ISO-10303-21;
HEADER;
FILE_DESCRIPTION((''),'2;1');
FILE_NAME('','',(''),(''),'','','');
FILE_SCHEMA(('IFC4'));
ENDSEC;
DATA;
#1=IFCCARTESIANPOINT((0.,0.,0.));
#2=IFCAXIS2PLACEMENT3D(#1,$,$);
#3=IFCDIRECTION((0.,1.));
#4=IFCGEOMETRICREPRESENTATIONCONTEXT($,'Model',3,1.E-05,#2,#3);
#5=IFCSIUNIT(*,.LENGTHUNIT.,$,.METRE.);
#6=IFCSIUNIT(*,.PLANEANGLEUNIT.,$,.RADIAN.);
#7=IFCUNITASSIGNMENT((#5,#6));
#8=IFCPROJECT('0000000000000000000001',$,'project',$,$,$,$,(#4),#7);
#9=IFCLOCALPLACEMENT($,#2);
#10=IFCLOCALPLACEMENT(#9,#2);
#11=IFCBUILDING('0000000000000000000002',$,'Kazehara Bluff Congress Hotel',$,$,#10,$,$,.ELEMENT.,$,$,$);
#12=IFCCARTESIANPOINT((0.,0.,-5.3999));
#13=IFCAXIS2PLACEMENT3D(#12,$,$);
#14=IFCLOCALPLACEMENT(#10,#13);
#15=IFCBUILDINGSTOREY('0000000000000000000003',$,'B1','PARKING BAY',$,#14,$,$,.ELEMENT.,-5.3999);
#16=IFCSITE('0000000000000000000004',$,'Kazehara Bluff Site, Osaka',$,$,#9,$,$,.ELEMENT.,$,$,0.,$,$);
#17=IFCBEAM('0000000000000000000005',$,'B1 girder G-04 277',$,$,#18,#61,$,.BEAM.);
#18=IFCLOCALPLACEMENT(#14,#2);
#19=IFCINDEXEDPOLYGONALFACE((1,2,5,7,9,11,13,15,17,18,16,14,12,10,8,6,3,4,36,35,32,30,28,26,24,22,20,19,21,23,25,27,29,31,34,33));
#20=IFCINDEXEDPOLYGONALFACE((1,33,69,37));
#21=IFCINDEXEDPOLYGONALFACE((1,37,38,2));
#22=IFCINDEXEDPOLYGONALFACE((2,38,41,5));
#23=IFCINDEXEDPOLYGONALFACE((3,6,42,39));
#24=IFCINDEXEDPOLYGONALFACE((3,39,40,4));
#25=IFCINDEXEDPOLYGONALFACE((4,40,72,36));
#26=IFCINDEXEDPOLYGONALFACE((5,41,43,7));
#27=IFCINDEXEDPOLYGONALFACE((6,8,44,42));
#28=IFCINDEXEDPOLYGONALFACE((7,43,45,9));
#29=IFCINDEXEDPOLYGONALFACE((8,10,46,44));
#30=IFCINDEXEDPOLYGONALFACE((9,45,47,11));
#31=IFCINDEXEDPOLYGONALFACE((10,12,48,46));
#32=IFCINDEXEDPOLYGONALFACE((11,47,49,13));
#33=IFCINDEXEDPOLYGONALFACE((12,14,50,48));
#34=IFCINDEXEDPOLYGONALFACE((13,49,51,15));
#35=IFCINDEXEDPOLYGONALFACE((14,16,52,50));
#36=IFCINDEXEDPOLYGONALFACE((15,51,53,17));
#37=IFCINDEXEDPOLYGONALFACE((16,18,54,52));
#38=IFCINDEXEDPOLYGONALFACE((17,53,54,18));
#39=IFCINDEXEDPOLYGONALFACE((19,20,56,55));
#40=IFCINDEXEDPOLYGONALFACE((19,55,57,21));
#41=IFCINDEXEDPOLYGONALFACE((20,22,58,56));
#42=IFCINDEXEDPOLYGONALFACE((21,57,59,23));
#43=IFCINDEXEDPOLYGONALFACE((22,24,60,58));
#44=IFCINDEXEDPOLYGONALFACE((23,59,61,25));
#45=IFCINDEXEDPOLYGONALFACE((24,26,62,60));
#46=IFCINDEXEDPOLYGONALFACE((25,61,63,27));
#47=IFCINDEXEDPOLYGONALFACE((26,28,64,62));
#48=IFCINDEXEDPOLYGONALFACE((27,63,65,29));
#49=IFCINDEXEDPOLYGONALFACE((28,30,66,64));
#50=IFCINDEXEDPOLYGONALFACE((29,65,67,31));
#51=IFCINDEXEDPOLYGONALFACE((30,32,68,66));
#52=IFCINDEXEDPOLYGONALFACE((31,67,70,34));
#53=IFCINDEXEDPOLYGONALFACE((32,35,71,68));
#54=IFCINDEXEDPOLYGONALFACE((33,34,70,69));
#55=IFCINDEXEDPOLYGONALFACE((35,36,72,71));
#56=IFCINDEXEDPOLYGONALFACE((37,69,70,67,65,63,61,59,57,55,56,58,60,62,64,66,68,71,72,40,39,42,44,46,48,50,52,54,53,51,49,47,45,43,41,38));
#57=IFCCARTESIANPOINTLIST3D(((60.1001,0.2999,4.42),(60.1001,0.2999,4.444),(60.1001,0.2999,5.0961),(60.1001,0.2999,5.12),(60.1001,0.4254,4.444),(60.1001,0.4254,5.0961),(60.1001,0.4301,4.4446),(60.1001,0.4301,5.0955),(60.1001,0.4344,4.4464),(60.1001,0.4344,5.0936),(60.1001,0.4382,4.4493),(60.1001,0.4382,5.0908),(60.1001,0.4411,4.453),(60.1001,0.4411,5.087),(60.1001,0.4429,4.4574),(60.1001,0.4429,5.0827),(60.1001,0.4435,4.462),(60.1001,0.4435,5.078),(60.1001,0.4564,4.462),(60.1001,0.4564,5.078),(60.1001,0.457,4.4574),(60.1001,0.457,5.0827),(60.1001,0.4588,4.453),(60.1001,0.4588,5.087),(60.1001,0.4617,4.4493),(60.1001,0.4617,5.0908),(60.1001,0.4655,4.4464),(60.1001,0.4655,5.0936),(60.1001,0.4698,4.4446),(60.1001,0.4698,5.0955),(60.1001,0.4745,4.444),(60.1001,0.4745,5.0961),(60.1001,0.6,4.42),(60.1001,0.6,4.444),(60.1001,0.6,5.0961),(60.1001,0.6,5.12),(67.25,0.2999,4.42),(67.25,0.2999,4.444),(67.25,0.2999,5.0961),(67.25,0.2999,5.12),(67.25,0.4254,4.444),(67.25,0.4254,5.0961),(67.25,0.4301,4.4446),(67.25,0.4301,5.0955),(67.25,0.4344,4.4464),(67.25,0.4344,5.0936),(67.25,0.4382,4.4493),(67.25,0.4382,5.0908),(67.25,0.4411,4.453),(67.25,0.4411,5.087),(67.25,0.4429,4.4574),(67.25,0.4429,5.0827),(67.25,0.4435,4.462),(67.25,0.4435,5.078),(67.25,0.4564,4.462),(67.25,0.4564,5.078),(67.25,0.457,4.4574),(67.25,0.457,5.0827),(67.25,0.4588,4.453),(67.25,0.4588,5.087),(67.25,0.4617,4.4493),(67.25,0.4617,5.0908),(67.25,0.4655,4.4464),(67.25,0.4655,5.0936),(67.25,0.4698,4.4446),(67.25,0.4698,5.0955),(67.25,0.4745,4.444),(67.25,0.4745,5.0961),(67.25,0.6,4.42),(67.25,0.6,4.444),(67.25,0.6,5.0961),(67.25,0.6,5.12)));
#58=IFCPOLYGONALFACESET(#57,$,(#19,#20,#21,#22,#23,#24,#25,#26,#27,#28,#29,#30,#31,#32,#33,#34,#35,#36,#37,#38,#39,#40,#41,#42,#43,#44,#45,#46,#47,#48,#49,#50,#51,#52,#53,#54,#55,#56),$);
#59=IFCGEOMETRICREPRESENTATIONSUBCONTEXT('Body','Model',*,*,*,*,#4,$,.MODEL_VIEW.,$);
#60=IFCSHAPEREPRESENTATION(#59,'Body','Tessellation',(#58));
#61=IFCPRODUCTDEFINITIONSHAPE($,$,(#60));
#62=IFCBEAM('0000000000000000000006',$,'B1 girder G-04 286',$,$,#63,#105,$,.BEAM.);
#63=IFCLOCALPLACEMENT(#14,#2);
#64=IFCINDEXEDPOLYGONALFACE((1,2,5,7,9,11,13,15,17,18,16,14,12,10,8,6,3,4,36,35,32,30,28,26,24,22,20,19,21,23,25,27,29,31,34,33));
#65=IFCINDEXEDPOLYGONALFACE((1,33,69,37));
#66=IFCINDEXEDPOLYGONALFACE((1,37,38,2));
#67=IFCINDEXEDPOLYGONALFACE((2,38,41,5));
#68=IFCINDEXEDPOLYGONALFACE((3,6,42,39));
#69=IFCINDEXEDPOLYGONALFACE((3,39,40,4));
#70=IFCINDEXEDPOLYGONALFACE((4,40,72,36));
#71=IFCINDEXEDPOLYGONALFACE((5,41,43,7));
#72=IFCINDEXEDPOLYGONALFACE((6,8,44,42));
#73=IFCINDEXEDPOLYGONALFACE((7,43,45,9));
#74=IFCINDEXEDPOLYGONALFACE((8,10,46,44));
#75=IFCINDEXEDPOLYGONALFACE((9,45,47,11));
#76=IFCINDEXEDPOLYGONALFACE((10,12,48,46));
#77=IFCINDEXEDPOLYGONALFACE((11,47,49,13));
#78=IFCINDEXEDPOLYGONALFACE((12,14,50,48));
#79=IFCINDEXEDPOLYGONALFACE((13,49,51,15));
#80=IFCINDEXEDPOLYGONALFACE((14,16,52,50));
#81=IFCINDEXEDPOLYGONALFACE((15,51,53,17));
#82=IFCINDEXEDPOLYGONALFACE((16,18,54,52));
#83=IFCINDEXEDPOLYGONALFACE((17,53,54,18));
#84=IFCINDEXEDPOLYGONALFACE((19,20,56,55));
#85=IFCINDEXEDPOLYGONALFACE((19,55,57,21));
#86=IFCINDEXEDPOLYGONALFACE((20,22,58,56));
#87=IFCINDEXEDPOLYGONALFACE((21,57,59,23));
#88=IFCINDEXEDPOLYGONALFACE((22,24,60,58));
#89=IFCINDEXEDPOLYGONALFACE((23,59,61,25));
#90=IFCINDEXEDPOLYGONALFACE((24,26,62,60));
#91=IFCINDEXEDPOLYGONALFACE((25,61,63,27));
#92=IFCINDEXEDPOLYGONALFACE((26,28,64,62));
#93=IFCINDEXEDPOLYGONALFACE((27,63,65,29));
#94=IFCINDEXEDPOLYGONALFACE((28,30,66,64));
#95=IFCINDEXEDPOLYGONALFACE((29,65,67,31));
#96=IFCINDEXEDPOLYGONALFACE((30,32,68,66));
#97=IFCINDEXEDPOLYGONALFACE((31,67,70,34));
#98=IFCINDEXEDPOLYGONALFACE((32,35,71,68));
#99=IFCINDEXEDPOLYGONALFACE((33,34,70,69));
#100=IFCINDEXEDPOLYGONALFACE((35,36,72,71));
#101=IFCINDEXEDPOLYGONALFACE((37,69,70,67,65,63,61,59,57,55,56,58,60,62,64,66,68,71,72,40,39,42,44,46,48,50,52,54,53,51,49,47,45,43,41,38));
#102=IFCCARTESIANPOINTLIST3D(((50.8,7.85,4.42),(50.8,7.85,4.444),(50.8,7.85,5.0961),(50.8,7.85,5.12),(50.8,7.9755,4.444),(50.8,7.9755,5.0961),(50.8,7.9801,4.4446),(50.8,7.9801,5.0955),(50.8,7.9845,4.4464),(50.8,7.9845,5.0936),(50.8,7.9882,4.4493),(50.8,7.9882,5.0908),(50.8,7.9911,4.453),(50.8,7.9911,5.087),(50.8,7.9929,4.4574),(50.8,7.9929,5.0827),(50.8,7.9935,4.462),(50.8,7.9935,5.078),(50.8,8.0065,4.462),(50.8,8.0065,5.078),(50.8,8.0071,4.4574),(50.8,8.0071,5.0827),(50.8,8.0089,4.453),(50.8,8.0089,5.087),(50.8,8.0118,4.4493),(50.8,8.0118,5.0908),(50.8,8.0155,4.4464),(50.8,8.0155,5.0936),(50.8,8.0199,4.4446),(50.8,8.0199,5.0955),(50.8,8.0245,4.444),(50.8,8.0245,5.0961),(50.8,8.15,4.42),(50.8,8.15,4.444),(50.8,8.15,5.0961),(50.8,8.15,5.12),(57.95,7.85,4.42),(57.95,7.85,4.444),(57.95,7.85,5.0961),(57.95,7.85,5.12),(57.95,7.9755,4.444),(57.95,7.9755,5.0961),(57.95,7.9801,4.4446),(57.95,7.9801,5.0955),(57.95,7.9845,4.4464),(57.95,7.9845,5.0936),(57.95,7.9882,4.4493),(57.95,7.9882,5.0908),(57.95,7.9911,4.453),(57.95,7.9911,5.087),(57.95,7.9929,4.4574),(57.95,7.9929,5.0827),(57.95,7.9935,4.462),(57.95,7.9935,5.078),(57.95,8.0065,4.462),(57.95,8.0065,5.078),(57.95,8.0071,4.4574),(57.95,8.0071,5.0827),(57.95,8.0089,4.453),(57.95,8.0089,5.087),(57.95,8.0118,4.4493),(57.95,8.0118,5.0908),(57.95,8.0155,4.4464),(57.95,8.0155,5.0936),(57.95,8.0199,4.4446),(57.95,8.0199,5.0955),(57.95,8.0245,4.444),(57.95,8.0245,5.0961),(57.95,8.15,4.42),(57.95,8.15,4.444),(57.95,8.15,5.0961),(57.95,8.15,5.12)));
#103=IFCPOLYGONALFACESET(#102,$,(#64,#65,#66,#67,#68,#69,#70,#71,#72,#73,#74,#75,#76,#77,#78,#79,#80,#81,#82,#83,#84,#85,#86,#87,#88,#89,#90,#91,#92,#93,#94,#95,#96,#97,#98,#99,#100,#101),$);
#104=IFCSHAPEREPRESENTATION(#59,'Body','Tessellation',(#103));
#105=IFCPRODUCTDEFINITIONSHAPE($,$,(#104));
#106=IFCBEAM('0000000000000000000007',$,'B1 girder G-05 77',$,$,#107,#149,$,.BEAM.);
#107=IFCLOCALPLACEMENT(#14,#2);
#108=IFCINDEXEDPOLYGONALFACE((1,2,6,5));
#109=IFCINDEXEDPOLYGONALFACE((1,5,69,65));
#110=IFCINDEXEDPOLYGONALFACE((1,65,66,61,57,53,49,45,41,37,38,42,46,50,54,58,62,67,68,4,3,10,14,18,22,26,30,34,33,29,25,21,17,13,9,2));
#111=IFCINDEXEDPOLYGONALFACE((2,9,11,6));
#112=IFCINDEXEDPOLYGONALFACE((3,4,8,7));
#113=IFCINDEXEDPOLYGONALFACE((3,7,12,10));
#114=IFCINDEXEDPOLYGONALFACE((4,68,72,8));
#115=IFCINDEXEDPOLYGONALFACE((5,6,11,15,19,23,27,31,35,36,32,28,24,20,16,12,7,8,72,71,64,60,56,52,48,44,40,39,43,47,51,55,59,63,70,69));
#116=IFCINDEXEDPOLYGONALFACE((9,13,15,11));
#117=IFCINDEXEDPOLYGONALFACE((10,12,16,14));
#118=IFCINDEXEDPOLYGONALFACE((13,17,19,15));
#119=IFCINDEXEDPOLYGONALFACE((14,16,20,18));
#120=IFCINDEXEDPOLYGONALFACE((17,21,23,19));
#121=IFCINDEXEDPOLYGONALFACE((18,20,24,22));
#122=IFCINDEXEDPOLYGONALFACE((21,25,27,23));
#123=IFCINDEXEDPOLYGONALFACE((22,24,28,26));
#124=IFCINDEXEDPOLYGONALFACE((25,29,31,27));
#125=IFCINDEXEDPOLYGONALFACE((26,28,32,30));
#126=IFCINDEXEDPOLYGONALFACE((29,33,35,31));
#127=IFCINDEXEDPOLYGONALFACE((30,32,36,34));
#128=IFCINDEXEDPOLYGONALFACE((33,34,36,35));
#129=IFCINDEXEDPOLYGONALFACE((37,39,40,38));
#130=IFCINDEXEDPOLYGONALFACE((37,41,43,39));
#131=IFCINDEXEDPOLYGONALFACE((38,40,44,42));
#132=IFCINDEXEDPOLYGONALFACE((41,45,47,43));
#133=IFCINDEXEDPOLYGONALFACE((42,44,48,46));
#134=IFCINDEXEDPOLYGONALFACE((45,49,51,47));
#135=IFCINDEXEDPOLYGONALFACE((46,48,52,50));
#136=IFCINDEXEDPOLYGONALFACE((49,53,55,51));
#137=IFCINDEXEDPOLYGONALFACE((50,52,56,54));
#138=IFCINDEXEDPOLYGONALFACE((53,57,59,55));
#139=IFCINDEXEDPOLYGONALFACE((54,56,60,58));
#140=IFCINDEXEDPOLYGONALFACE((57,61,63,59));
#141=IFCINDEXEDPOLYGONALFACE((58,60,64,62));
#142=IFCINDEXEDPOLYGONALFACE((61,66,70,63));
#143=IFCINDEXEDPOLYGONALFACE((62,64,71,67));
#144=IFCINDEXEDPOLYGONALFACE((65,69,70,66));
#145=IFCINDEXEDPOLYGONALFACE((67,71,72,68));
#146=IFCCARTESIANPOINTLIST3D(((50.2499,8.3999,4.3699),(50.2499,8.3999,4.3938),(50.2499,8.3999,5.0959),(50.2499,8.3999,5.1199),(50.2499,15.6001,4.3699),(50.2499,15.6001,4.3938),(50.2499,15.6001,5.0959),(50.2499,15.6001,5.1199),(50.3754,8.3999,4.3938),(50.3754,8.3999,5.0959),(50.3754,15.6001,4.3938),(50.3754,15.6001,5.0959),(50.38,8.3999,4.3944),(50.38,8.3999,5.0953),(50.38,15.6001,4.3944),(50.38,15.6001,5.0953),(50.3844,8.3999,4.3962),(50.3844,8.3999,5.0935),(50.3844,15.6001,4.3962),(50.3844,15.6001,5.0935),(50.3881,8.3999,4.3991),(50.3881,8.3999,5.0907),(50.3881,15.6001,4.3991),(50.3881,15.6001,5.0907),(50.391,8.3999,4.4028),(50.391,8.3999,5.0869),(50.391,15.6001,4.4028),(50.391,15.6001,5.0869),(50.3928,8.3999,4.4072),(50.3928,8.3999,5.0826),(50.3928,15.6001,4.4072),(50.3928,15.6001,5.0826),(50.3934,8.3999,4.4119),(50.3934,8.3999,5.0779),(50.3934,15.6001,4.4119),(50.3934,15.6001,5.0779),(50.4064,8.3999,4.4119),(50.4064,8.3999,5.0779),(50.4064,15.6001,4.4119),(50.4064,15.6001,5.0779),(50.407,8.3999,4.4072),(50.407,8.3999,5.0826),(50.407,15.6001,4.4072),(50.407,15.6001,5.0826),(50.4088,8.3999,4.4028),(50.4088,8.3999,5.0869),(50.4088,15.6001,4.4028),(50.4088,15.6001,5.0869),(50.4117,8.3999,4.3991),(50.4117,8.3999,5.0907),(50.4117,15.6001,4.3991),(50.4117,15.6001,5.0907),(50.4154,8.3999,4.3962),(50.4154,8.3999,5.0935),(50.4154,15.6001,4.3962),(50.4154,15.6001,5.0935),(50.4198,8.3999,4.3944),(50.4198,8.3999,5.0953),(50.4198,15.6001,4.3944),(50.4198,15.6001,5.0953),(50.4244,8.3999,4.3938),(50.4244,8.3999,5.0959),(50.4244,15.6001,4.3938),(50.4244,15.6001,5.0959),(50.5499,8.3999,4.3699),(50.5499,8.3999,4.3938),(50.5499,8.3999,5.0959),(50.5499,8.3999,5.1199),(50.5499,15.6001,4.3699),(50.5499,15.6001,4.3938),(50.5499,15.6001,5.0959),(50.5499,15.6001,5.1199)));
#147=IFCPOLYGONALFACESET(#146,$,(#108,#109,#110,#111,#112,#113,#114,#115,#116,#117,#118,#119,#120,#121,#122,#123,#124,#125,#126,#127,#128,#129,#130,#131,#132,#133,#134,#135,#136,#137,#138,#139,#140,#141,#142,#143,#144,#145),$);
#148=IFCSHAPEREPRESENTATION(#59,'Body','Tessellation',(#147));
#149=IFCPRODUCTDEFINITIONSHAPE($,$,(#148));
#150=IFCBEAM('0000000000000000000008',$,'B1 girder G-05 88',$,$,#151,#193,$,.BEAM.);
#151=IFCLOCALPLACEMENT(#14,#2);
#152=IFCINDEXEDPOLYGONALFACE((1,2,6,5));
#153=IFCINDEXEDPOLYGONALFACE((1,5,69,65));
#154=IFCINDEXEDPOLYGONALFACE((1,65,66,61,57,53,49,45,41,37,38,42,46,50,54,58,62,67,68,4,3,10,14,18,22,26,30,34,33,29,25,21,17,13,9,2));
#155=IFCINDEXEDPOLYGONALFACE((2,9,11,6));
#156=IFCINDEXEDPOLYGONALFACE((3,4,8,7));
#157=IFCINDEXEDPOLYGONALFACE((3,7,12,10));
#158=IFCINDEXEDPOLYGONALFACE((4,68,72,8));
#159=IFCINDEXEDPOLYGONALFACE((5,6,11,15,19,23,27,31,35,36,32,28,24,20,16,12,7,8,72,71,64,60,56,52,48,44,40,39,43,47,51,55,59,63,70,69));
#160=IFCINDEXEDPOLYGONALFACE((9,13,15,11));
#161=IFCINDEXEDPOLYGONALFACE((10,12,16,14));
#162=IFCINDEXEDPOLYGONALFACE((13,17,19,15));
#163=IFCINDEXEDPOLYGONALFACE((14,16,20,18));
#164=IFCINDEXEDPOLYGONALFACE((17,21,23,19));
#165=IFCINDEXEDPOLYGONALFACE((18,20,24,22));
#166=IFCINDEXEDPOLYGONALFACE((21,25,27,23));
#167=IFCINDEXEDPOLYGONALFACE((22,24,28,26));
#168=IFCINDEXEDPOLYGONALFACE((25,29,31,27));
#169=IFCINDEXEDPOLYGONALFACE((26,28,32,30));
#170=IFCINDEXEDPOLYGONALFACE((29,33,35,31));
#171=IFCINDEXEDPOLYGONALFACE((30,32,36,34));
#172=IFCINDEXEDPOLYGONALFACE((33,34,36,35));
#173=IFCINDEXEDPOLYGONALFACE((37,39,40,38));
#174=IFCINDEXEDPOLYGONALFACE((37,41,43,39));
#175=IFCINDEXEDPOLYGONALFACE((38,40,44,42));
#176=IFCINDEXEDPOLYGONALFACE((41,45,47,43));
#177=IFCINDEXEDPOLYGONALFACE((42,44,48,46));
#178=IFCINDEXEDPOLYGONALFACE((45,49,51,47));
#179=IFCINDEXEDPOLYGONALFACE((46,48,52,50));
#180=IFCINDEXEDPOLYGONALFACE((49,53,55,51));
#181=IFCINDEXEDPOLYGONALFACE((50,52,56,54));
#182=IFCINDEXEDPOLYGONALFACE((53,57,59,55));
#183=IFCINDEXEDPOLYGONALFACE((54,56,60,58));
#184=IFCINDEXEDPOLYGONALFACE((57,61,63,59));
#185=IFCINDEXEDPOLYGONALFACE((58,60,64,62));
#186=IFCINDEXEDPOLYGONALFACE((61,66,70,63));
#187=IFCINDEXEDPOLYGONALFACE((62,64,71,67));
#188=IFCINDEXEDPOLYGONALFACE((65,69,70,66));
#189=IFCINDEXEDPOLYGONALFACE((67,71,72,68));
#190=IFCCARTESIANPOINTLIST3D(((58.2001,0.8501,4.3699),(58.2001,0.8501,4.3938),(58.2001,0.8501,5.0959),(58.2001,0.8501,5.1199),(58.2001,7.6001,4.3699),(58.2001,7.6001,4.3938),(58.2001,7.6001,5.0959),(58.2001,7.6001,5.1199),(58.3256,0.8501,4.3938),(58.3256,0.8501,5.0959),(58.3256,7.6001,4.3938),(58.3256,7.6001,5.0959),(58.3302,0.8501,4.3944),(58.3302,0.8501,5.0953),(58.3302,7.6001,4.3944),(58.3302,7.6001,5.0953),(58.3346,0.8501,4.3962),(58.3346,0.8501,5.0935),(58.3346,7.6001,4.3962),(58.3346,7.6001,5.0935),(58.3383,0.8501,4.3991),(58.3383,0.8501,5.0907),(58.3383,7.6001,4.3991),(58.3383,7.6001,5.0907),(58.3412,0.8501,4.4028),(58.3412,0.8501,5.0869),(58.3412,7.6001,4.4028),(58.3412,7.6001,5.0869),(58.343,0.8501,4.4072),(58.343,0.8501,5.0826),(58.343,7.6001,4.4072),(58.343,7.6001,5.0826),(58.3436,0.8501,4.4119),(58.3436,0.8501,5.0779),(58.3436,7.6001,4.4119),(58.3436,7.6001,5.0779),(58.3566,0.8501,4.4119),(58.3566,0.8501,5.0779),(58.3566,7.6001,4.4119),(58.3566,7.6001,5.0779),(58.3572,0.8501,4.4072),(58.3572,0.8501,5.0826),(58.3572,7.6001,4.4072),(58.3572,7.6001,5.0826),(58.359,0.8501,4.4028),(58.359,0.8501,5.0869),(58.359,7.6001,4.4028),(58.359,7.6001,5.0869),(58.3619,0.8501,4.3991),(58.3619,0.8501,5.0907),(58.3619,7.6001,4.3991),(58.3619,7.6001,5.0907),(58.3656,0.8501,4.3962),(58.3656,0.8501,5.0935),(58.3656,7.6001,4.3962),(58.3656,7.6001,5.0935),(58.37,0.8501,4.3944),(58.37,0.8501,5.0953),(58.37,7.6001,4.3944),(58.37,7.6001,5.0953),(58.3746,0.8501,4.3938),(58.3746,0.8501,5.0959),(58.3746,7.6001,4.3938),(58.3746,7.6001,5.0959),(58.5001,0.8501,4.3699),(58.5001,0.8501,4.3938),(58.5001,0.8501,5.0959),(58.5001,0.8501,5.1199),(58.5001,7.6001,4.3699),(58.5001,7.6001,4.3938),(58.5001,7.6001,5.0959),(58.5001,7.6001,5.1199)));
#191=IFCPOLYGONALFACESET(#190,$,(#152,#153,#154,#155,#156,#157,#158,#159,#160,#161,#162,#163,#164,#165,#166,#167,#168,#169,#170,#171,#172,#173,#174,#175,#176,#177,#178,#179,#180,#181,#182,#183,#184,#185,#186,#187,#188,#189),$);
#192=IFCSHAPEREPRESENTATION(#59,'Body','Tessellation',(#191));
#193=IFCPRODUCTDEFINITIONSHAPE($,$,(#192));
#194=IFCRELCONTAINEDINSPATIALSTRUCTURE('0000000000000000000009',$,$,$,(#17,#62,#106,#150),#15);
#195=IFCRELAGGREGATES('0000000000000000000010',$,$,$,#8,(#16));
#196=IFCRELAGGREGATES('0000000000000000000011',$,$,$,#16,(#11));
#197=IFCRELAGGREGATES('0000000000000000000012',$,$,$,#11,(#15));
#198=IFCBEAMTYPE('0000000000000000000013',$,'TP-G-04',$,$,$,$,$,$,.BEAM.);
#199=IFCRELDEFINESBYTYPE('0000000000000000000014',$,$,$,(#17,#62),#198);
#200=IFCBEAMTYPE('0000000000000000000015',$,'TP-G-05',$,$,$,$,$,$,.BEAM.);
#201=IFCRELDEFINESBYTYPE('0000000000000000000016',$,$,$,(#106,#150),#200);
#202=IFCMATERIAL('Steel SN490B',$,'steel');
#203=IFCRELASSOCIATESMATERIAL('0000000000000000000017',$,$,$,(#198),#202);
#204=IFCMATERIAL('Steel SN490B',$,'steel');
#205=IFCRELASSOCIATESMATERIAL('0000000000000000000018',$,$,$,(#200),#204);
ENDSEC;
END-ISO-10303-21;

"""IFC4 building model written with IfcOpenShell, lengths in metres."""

from ifc_helpers import new_model, si_unit, direction, frame, origin, origin_2d, place, context, subcontext, project, spatial, i_section, extrude, material, material_profile, profile_set, type_object, element, save


model = new_model("IFC4")

# Units and contexts
model_context = context("Model", 3, precision=1e-05, world=origin(), true_north=direction((0.0, 1.0)))
body_context = subcontext(model_context, "Body", "Model", "MODEL_VIEW")
ifc_project = project(units=[si_unit("LENGTHUNIT", "METRE"), si_unit("PLANEANGLEUNIT", "RADIAN")], contexts=[model_context])

# Site, building, storey
site_placement = place(None, origin())
site = spatial("IfcSite", under=ifc_project, at=site_placement, Name="Kazehara Bluff Site, Osaka", CompositionType="ELEMENT", RefElevation=0.0)
building_placement = place(site_placement, origin())
building = spatial("IfcBuilding", under=site, at=building_placement, Name="Kazehara Bluff Congress Hotel", CompositionType="ELEMENT")
storey_placement = place(building_placement, frame((0.0, 0.0, -5.3999)))
storey = spatial("IfcBuildingStorey", under=building, at=storey_placement, Name="B1", Description="PARKING BAY", CompositionType="ELEMENT", Elevation=-5.3999)

# Beams
ifc_material_1 = material(Name="Steel SN490B", Category="steel")
ifc_material_profile_1 = material_profile(ifc_material_1, i_section(OverallWidth=0.3, OverallDepth=0.7, WebThickness=0.0129, FlangeThickness=0.0239, FilletRadius=0.0181, at=origin_2d()))
ifc_profile_set_1 = profile_set([ifc_material_profile_1], Name="Steel SN490B")
beam_type_1 = type_object("IfcBeamType", Name="TP-G-04", PredefinedType="BEAM", material=ifc_profile_set_1)
for number, where, z_axis, x_axis, name in (
    (1, (60.1001, 0.45, 4.77), (1.0, 0.0, 0.0), (0.0, 1.0, 0.0), "B1 girder G-04 277"),
    (2, (50.8, 8.0, 4.77), (1.0, 0.0, 0.0), (0.0, 1.0, 0.0), "B1 girder G-04 286"),
):
    element("IfcBeam", number, at=place(storey_placement, frame(where, z_axis=z_axis, x_axis=x_axis)), inside=storey, type_object=beam_type_1, Name=name, PredefinedType="BEAM", context=body_context, shape_type="SweptSolid", body=[
        extrude(i_section(OverallWidth=0.3, OverallDepth=0.7, WebThickness=0.0129, FlangeThickness=0.0239, FilletRadius=0.0181, at=origin_2d()), origin(), (0.0, 0.0, 1.0), 7.1499),
    ])
ifc_material_2 = material(Name="Steel SN490B", Category="steel")
ifc_material_profile_2 = material_profile(ifc_material_2, i_section(OverallWidth=0.3, OverallDepth=0.75, WebThickness=0.0129, FlangeThickness=0.0239, FilletRadius=0.0181, at=origin_2d()))
ifc_profile_set_2 = profile_set([ifc_material_profile_2], Name="Steel SN490B")
beam_type_2 = type_object("IfcBeamType", Name="TP-G-05", PredefinedType="BEAM", material=ifc_profile_set_2)
beam_1_placement = place(storey_placement, frame((50.3999, 8.3999, 4.7449), z_axis=(0.0, 1.0, 0.0), x_axis=(-1.0, 0.0, 0.0)))
element("IfcBeam", 3, at=beam_1_placement, inside=storey, type_object=beam_type_2, Name="B1 girder G-05 77", PredefinedType="BEAM", context=body_context, shape_type="SweptSolid", body=[
    extrude(i_section(OverallWidth=0.3, OverallDepth=0.75, WebThickness=0.0129, FlangeThickness=0.0239, FilletRadius=0.0181, at=origin_2d()), origin(), (0.0, 0.0, 1.0), 7.2002),
])
beam_2_placement = place(storey_placement, frame((58.3501, 0.8501, 4.7449), z_axis=(0.0, 1.0, 0.0), x_axis=(-1.0, 0.0, 0.0)))
element("IfcBeam", 4, at=beam_2_placement, inside=storey, type_object=beam_type_2, Name="B1 girder G-05 88", PredefinedType="BEAM", context=body_context, shape_type="SweptSolid", body=[
    extrude(i_section(OverallWidth=0.3, OverallDepth=0.75, WebThickness=0.0129, FlangeThickness=0.0239, FilletRadius=0.0181, at=origin_2d()), origin(), (0.0, 0.0, 1.0), 6.75),
])

save(model, "model.ifc")
